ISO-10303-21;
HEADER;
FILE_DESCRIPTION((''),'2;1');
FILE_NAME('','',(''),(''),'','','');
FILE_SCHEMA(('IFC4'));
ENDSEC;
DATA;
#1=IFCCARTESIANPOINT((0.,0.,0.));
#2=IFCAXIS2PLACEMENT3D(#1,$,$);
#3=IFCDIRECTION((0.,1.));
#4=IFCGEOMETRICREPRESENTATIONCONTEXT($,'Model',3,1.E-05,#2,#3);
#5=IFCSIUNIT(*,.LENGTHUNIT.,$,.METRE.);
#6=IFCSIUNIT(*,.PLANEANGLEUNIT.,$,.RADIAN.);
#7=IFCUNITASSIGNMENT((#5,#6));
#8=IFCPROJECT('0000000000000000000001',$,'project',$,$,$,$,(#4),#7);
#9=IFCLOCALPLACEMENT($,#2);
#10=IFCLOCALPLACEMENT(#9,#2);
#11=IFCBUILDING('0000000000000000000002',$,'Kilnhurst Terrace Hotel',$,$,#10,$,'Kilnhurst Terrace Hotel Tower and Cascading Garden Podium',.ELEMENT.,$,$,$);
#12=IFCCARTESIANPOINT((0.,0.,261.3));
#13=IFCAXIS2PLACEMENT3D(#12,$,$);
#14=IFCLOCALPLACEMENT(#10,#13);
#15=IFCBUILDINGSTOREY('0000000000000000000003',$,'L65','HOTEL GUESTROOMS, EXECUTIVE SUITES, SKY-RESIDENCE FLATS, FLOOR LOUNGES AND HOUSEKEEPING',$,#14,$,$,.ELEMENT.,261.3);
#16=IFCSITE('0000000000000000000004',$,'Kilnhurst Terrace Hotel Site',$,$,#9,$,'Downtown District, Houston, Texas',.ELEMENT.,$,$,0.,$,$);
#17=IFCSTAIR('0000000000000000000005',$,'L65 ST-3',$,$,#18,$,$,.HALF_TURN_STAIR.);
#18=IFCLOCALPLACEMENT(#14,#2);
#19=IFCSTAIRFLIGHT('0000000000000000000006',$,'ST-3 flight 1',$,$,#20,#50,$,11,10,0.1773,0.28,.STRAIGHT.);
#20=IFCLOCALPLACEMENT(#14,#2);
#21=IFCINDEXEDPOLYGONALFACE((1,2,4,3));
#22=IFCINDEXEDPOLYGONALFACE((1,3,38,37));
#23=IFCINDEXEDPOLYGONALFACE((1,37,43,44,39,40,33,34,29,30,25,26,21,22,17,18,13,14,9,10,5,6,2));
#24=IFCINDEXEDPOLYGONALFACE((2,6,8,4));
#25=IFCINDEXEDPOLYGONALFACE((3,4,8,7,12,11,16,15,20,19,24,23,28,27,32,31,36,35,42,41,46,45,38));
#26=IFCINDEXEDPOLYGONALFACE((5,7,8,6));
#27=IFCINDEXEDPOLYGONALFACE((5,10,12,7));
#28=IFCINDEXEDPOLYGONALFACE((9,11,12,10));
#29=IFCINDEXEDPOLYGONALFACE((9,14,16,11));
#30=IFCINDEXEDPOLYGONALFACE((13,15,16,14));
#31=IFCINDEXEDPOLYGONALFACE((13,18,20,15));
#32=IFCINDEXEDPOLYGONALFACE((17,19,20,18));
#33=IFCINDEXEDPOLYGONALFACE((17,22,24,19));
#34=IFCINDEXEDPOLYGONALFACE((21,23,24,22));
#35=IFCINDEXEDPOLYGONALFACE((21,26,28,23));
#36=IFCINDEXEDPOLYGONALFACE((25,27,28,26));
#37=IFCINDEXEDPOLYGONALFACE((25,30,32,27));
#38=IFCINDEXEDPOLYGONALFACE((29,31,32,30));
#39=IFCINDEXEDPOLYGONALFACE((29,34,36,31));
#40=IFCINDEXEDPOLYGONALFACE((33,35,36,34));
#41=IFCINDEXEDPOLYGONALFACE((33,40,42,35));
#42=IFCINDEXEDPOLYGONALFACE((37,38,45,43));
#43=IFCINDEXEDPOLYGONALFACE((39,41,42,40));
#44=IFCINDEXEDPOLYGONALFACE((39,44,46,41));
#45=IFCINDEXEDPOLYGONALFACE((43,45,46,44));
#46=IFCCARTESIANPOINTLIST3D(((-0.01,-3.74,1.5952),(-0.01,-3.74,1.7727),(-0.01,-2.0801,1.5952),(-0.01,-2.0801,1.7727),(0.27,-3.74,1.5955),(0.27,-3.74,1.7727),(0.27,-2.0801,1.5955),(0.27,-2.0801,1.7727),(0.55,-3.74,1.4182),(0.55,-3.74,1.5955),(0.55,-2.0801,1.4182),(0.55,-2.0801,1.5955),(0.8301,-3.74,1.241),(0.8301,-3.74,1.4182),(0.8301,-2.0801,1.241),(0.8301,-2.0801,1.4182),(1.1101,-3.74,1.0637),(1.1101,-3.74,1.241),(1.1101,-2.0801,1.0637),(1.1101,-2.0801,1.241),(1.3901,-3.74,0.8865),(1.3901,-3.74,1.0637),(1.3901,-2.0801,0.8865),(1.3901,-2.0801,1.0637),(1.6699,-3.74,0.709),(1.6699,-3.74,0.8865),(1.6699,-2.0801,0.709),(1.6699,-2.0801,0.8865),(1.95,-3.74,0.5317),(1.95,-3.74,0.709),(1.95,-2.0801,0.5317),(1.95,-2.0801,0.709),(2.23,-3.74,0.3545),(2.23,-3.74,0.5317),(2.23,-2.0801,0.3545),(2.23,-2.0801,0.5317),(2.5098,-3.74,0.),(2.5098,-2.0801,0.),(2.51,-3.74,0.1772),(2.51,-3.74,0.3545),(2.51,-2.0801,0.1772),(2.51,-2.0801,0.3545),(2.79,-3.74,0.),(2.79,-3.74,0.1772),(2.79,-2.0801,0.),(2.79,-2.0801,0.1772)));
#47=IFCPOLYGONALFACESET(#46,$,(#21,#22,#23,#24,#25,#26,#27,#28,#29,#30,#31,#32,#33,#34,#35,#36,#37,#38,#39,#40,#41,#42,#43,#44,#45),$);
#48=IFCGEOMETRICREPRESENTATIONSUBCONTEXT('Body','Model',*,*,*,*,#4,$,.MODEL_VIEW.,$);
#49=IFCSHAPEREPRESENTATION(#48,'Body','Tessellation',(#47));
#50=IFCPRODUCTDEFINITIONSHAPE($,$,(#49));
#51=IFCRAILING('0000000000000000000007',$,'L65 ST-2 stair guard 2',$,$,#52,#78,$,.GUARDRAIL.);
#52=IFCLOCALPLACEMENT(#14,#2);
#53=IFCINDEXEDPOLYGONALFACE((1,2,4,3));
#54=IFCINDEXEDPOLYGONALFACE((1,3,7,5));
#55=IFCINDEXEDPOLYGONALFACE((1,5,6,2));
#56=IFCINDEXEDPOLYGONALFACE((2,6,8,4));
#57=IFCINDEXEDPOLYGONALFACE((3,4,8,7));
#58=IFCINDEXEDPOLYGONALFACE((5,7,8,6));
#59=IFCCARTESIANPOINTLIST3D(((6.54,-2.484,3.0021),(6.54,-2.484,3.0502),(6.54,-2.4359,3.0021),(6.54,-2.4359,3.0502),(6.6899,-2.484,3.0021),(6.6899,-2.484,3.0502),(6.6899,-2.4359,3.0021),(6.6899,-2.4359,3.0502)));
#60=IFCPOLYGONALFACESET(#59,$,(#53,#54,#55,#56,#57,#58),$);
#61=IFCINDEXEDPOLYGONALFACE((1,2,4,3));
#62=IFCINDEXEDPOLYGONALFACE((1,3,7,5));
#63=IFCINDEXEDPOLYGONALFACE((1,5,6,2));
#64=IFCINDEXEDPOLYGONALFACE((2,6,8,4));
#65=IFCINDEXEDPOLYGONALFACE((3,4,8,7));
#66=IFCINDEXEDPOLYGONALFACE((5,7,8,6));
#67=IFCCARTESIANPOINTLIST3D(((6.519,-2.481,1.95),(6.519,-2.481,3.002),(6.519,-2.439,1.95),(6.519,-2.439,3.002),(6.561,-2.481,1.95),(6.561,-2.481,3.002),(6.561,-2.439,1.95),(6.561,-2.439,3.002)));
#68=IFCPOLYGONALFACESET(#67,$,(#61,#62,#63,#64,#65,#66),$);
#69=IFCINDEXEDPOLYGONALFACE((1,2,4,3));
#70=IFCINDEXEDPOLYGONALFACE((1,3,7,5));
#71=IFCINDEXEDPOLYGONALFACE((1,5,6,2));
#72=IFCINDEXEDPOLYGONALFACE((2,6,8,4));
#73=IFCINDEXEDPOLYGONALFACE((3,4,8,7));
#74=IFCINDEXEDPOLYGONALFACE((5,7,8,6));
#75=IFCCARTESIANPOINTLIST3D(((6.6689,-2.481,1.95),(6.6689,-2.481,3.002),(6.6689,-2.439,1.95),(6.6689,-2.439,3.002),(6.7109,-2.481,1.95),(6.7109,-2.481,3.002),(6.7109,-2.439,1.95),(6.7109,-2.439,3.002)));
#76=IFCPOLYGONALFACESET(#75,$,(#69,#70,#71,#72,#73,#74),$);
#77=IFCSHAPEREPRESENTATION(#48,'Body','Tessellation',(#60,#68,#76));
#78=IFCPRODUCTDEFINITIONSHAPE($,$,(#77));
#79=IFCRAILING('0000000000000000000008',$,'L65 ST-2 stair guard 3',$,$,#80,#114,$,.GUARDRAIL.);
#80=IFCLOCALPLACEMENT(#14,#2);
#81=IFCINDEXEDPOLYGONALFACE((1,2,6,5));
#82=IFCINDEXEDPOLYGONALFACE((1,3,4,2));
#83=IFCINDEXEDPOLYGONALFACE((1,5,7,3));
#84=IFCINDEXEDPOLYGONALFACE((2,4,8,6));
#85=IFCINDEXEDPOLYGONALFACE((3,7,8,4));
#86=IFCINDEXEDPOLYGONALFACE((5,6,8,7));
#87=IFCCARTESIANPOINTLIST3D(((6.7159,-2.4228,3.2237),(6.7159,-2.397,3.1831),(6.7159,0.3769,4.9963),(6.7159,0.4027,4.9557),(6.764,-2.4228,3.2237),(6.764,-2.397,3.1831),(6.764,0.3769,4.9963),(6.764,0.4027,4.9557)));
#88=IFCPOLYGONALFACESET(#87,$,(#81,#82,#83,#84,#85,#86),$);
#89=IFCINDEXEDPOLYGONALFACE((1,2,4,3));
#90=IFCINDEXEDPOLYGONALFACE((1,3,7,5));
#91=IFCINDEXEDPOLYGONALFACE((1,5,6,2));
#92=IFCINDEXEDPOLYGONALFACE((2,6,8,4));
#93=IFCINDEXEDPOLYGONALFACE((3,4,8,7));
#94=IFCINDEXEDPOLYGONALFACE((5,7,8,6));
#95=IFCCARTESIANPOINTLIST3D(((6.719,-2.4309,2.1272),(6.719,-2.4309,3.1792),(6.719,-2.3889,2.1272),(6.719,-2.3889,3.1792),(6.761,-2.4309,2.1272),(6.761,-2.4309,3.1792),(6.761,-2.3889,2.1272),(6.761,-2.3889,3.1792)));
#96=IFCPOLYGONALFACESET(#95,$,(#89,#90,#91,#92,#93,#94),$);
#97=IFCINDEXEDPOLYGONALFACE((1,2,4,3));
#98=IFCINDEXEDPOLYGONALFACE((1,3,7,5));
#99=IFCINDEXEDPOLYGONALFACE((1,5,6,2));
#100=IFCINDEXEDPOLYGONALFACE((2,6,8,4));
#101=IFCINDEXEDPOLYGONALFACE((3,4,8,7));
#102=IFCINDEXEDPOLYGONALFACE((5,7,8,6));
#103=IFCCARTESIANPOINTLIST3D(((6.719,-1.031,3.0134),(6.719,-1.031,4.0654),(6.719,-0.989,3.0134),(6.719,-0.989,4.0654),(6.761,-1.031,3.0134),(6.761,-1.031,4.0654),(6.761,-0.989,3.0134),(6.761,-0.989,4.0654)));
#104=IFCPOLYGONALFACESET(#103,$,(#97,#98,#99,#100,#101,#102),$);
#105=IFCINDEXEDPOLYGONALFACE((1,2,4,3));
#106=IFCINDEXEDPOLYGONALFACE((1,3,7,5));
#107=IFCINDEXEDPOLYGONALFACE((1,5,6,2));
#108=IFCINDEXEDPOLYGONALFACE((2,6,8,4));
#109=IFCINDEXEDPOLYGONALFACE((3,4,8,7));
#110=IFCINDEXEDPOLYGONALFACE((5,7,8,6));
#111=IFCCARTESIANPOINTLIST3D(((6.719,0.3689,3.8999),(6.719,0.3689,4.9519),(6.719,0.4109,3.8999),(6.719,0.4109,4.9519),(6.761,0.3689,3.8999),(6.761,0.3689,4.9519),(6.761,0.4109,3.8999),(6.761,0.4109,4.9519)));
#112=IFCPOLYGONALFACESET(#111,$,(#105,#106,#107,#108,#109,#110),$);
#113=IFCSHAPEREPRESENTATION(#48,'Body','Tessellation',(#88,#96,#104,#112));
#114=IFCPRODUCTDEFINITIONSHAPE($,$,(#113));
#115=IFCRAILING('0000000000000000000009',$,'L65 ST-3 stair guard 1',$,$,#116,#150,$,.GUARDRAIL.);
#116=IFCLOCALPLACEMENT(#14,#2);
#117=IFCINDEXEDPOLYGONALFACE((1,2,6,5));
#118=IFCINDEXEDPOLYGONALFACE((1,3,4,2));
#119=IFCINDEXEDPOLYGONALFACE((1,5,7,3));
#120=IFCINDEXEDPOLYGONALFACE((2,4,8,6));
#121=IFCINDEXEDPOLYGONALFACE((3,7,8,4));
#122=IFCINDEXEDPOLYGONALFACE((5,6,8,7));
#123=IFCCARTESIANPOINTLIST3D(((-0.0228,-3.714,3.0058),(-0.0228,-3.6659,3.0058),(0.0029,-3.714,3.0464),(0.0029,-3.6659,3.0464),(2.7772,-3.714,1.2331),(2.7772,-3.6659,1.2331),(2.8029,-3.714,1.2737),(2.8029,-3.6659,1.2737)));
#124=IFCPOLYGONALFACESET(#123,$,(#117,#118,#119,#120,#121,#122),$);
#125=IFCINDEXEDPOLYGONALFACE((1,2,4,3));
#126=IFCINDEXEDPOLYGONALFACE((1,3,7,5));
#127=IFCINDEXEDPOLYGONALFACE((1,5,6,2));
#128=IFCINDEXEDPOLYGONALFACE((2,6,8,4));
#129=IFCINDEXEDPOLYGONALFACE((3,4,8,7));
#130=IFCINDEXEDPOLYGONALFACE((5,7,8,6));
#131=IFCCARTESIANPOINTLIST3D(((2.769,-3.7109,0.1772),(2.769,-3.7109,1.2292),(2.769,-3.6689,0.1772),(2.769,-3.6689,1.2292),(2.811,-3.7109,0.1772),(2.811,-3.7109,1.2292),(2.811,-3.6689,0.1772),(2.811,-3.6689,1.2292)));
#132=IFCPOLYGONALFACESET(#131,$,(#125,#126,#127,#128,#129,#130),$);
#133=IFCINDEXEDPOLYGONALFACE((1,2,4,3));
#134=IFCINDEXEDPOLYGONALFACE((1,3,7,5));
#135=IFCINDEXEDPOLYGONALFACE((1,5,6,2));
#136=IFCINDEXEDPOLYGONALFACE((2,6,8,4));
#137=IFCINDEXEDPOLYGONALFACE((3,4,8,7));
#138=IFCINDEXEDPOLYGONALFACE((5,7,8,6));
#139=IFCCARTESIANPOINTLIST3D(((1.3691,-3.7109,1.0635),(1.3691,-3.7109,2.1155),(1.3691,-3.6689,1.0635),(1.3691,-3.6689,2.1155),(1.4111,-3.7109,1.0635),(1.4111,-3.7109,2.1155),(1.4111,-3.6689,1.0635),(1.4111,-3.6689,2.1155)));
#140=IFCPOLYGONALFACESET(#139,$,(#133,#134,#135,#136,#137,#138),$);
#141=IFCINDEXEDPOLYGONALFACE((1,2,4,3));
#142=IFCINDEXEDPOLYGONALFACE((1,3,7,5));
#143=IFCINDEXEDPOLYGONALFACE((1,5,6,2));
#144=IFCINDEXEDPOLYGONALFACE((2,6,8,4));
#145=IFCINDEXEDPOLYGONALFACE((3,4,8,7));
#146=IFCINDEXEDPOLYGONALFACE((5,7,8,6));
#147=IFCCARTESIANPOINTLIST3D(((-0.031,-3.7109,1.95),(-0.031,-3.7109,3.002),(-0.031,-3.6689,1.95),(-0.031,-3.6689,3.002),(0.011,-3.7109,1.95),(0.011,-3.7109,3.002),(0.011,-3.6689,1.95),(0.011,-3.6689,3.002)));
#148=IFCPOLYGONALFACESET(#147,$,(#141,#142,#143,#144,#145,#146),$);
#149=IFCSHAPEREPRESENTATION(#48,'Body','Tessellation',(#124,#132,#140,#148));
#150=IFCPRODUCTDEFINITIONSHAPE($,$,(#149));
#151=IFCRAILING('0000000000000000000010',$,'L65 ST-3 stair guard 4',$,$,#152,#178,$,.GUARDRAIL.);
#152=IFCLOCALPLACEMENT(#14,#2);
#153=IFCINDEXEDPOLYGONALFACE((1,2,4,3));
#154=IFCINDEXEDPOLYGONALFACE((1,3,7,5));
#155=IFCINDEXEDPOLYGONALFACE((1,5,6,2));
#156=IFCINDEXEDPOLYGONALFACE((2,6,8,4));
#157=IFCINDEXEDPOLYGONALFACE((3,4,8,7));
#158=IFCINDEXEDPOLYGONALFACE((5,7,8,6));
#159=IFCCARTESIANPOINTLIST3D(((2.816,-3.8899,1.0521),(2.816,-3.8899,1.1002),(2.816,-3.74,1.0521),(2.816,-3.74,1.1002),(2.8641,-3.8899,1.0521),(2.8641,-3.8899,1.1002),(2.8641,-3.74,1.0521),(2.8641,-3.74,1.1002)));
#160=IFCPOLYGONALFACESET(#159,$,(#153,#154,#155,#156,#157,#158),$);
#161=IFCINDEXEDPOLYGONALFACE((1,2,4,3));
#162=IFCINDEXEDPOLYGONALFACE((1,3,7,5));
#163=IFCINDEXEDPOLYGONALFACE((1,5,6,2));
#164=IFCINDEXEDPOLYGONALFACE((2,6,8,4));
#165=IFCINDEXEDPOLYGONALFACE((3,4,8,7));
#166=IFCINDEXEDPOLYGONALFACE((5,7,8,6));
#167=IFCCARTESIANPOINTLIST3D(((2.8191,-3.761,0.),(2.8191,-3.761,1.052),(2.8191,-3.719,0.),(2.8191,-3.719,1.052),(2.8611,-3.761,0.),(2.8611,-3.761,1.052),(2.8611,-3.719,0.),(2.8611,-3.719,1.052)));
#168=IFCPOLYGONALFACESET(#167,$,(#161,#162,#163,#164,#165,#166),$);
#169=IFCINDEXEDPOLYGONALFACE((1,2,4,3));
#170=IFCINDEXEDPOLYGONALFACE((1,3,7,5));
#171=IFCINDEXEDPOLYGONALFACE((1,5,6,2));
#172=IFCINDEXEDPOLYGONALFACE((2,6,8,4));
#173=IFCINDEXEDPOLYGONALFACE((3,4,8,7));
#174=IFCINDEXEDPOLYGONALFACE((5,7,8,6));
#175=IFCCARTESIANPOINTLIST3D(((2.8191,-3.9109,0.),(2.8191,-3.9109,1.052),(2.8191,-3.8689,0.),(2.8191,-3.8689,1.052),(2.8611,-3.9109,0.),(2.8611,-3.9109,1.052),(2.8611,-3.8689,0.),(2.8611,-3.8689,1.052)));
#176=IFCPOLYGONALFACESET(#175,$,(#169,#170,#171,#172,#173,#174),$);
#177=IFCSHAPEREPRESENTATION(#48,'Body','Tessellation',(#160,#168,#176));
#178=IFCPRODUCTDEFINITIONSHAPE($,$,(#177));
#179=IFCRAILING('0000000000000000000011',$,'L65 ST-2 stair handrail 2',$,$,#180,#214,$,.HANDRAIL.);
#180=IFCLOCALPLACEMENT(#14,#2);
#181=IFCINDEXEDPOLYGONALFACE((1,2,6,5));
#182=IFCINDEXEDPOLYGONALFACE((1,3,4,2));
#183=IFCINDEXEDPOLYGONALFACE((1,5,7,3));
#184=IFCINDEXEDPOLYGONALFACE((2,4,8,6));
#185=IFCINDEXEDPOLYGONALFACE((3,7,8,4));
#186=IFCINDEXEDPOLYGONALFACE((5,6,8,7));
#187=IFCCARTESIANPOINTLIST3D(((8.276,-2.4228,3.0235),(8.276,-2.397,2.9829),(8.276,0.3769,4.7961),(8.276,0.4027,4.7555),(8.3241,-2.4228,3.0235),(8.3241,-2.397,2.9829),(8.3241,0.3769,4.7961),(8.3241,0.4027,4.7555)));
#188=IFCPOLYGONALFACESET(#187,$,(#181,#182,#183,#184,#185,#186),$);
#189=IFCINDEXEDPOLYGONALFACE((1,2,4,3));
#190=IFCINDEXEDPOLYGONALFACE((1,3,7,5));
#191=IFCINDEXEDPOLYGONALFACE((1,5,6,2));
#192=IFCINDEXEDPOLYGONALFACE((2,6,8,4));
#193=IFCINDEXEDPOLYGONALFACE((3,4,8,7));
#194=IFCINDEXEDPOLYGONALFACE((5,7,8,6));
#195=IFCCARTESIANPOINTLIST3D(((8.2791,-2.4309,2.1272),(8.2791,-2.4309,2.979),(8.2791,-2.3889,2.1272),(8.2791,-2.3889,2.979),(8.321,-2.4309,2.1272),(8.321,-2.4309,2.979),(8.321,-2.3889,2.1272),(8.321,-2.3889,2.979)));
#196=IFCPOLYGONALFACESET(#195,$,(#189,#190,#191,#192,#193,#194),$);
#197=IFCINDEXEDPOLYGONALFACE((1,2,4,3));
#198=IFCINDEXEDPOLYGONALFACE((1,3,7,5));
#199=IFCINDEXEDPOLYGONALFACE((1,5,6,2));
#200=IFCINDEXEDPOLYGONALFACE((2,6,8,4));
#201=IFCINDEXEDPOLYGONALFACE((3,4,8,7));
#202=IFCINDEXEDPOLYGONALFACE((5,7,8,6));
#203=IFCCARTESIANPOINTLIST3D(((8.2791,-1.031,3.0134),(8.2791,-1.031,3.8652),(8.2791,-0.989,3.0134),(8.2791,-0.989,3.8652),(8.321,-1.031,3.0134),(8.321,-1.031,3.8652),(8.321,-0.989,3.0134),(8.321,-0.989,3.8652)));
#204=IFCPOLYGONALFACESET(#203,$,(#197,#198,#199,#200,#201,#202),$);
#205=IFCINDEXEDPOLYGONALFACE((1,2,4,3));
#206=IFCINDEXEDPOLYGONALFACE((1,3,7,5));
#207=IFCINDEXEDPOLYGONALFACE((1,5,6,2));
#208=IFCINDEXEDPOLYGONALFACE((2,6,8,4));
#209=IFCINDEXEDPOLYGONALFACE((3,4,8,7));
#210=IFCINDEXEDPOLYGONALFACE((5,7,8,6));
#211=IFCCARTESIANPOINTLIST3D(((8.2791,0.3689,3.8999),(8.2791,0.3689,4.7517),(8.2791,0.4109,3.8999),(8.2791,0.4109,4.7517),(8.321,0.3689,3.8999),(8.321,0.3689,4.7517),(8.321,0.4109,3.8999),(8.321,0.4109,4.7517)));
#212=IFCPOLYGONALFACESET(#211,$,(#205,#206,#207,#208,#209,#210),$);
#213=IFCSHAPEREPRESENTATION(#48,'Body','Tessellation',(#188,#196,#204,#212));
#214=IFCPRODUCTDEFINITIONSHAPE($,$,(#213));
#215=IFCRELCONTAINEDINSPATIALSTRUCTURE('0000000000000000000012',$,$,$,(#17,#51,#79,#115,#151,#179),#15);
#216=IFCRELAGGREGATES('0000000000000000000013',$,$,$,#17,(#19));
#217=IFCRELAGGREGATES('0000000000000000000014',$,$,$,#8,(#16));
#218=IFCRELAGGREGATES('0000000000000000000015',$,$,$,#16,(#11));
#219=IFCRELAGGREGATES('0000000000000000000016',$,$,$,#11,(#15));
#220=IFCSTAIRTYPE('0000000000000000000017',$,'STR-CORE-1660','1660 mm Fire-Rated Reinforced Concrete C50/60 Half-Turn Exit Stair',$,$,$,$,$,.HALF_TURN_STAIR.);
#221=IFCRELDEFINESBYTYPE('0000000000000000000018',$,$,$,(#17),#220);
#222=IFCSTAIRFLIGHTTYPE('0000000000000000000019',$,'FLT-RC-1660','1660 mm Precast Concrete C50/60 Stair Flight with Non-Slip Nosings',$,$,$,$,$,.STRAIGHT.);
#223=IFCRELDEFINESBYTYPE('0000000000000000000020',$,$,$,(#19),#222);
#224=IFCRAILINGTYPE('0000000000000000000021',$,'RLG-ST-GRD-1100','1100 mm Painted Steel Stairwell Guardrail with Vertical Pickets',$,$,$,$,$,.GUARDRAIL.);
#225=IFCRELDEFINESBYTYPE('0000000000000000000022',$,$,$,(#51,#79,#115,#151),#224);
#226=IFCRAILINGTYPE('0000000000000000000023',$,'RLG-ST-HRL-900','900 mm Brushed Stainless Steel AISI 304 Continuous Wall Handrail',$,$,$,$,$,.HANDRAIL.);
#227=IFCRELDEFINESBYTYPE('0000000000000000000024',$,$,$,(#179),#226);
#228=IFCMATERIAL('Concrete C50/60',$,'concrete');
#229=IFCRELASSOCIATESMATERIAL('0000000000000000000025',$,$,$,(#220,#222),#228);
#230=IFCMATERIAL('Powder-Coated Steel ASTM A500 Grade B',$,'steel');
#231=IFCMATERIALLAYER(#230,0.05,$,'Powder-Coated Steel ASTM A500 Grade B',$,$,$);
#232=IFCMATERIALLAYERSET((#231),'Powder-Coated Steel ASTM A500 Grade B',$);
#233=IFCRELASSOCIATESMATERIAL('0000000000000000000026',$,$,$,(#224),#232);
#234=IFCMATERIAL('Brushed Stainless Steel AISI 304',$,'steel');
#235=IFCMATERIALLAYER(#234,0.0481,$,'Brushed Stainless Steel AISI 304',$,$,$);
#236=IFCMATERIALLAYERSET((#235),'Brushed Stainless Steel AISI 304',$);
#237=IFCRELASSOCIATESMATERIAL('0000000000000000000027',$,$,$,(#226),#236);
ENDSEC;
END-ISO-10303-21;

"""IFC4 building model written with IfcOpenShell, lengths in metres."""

from ifc_helpers import new_model, si_unit, direction, frame, origin, origin_2d, place, context, subcontext, project, spatial, polyline, rectangle, outline, extrude, material, layer, layer_set, type_object, element, aggregate, save


model = new_model("IFC4")

# Units and contexts
model_context = context("Model", 3, precision=1e-05, world=origin(), true_north=direction((0.0, 1.0)))
body_context = subcontext(model_context, "Body", "Model", "MODEL_VIEW")
ifc_project = project(units=[si_unit("LENGTHUNIT", "METRE"), si_unit("PLANEANGLEUNIT", "RADIAN")], contexts=[model_context])

# Site, building, storey
site_placement = place(None, origin())
site = spatial("IfcSite", under=ifc_project, at=site_placement, Name="Kilnhurst Terrace Hotel Site", LongName="Downtown District, Houston, Texas", CompositionType="ELEMENT", RefElevation=0.0)
building_placement = place(site_placement, origin())
building = spatial("IfcBuilding", under=site, at=building_placement, Name="Kilnhurst Terrace Hotel", LongName="Kilnhurst Terrace Hotel Tower and Cascading Garden Podium", CompositionType="ELEMENT")
storey_placement = place(building_placement, frame((0.0, 0.0, 261.3)))
storey = spatial("IfcBuildingStorey", under=building, at=storey_placement, Name="L65", Description="HOTEL GUESTROOMS, EXECUTIVE SUITES, SKY-RESIDENCE FLATS, FLOOR LOUNGES AND HOUSEKEEPING", CompositionType="ELEMENT", Elevation=261.3)

# Shared definitions
ifc_material_1 = material(Name="Concrete C50/60", Category="concrete")

# Stair, stair flight
stair_type = type_object("IfcStairType", Name="STR-CORE-1660", Description="1660 mm Fire-Rated Reinforced Concrete C50/60 Half-Turn Exit Stair", PredefinedType="HALF_TURN_STAIR", material=ifc_material_1)
stair_flight_type = type_object("IfcStairFlightType", Name="FLT-RC-1660", Description="1660 mm Precast Concrete C50/60 Stair Flight with Non-Slip Nosings", PredefinedType="STRAIGHT", material=ifc_material_1)
stair_1_placement = place(storey_placement, origin())
stair_1 = element("IfcStair", 1, at=stair_1_placement, inside=storey, type_object=stair_type, Name="L65 ST-3", PredefinedType="HALF_TURN_STAIR")
stair_flight_1_placement = place(storey_placement, frame((2.79, -2.9099, 0.0), z_axis=(0.0, 0.0, 1.0), x_axis=(-1.0, 0.0, 0.0)))
stair_flight_1 = element("IfcStairFlight", 2, at=stair_flight_1_placement, type_object=stair_flight_type, Name="ST-3 flight 1", NumberOfRisers=11, NumberOfTreads=10, PredefinedType="STRAIGHT", RiserHeight=0.1773, TreadLength=0.28, context=body_context, shape_type="SweptSolid", body=[
    extrude(outline(polyline([(0.0, 0.0), (0.0, 0.1772), (0.28, 0.1772), (0.28, 0.3545), (0.5601, 0.3545), (0.5601, 0.5317), (0.8401, 0.5317), (0.8401, 0.709), (1.1201, 0.709), (1.1201, 0.8865), (1.3999, 0.8865), (1.3999, 1.0637), (1.6799, 1.0637), (1.6799, 1.241), (1.96, 1.241), (1.96, 1.4182), (2.24, 1.4182), (2.24, 1.5955), (2.52, 1.5955), (2.52, 1.7727), (2.8, 1.7727), (2.8, 1.95), (2.8, 1.5952), (0.2803, 0.0), (0.0, 0.0)])), frame((0.0, 0.8301, 0.0), z_axis=(0.0, -1.0, 0.0), x_axis=(1.0, 0.0, 0.0)), (0.0, 0.0, 1.0), 1.6599),
])
aggregate(stair_1, [stair_flight_1])

# Railings
ifc_material_2 = material(Name="Powder-Coated Steel ASTM A500 Grade B", Category="steel")
ifc_layer_1 = layer(ifc_material_2, 0.05, Name="Powder-Coated Steel ASTM A500 Grade B")
ifc_layer_set_1 = layer_set([ifc_layer_1], Name="Powder-Coated Steel ASTM A500 Grade B")
railing_type_1 = type_object("IfcRailingType", Name="RLG-ST-GRD-1100", Description="1100 mm Painted Steel Stairwell Guardrail with Vertical Pickets", PredefinedType="GUARDRAIL", material=ifc_layer_set_1)
railing_1_placement = place(storey_placement, frame((6.54, -2.46, 1.95)))
element("IfcRailing", 3, at=railing_1_placement, inside=storey, type_object=railing_type_1, Name="L65 ST-2 stair guard 2", PredefinedType="GUARDRAIL", context=body_context, shape_type="SweptSolid", body=[
    extrude(rectangle(XDim=0.0481, YDim=0.0481, at=origin_2d()), frame((0.0, 0.0, 1.0762), z_axis=(1.0, 0.0, 0.0), x_axis=(0.0, 1.0, 0.0)), (0.0, 0.0, 1.0), 0.1499),
    extrude(rectangle(XDim=0.042, YDim=0.042, at=origin_2d()), origin(), (0.0, 0.0, 1.0), 1.052),
    extrude(rectangle(XDim=0.042, YDim=0.042, at=origin_2d()), frame((0.1499, 0.0, 0.0)), (0.0, 0.0, 1.0), 1.052),
])
railing_2_placement = place(storey_placement, frame((6.74, -2.4099, 2.1272)))
element("IfcRailing", 4, at=railing_2_placement, inside=storey, type_object=railing_type_1, Name="L65 ST-2 stair guard 3", PredefinedType="GUARDRAIL", context=body_context, shape_type="SweptSolid", body=[
    extrude(rectangle(XDim=0.0481, YDim=0.0481, at=origin_2d()), frame((0.0, 0.0, 1.0762), z_axis=(0.0, 0.844888, 0.534943), x_axis=(-1.0, 0.0, 0.0)), (0.0, 0.0, 1.0), 3.3137),
    extrude(rectangle(XDim=0.042, YDim=0.042, at=origin_2d()), origin(), (0.0, 0.0, 1.0), 1.052),
    extrude(rectangle(XDim=0.042, YDim=0.042, at=origin_2d()), frame((0.0, 1.3999, 0.8862)), (0.0, 0.0, 1.0), 1.052),
    extrude(rectangle(XDim=0.042, YDim=0.042, at=origin_2d()), frame((0.0, 2.7998, 1.7727)), (0.0, 0.0, 1.0), 1.052),
])
railing_3_placement = place(storey_placement, frame((2.79, -3.6899, 0.1772)))
element("IfcRailing", 5, at=railing_3_placement, inside=storey, type_object=railing_type_1, Name="L65 ST-3 stair guard 1", PredefinedType="GUARDRAIL", context=body_context, shape_type="SweptSolid", body=[
    extrude(rectangle(XDim=0.0481, YDim=0.0481, at=origin_2d()), frame((0.0, 0.0, 1.0762), z_axis=(-0.844909, 0.0, 0.53491), x_axis=(0.0, -1.0, 0.0)), (0.0, 0.0, 1.0), 3.314),
    extrude(rectangle(XDim=0.042, YDim=0.042, at=origin_2d()), origin(), (0.0, 0.0, 1.0), 1.052),
    extrude(rectangle(XDim=0.042, YDim=0.042, at=origin_2d()), frame((-1.3999, 0.0, 0.8862)), (0.0, 0.0, 1.0), 1.052),
    extrude(rectangle(XDim=0.042, YDim=0.042, at=origin_2d()), frame((-2.8, 0.0, 1.7727)), (0.0, 0.0, 1.0), 1.052),
])
railing_4_placement = place(storey_placement, frame((2.8401, -3.74, 0.0)))
element("IfcRailing", 6, at=railing_4_placement, inside=storey, type_object=railing_type_1, Name="L65 ST-3 stair guard 4", PredefinedType="GUARDRAIL", context=body_context, shape_type="SweptSolid", body=[
    extrude(rectangle(XDim=0.0481, YDim=0.0481, at=origin_2d()), frame((0.0, 0.0, 1.0762), z_axis=(0.0, -1.0, 0.0), x_axis=(1.0, 0.0, 0.0)), (0.0, 0.0, 1.0), 0.1499),
    extrude(rectangle(XDim=0.042, YDim=0.042, at=origin_2d()), origin(), (0.0, 0.0, 1.0), 1.052),
    extrude(rectangle(XDim=0.042, YDim=0.042, at=origin_2d()), frame((0.0, -0.1499, 0.0)), (0.0, 0.0, 1.0), 1.052),
])
ifc_material_3 = material(Name="Brushed Stainless Steel AISI 304", Category="steel")
ifc_layer_2 = layer(ifc_material_3, 0.0481, Name="Brushed Stainless Steel AISI 304")
ifc_layer_set_2 = layer_set([ifc_layer_2], Name="Brushed Stainless Steel AISI 304")
railing_type_2 = type_object("IfcRailingType", Name="RLG-ST-HRL-900", Description="900 mm Brushed Stainless Steel AISI 304 Continuous Wall Handrail", PredefinedType="HANDRAIL", material=ifc_layer_set_2)
railing_5_placement = place(storey_placement, frame((8.3, -2.4099, 2.1272)))
element("IfcRailing", 7, at=railing_5_placement, inside=storey, type_object=railing_type_2, Name="L65 ST-2 stair handrail 2", PredefinedType="HANDRAIL", context=body_context, shape_type="SweptSolid", body=[
    extrude(rectangle(XDim=0.0481, YDim=0.0481, at=origin_2d()), frame((0.0, 0.0, 0.876), z_axis=(0.0, 0.844888, 0.534943), x_axis=(-1.0, 0.0, 0.0)), (0.0, 0.0, 1.0), 3.3137),
    extrude(rectangle(XDim=0.042, YDim=0.042, at=origin_2d()), origin(), (0.0, 0.0, 1.0), 0.8518),
    extrude(rectangle(XDim=0.042, YDim=0.042, at=origin_2d()), frame((0.0, 1.3999, 0.8862)), (0.0, 0.0, 1.0), 0.8518),
    extrude(rectangle(XDim=0.042, YDim=0.042, at=origin_2d()), frame((0.0, 2.7998, 1.7727)), (0.0, 0.0, 1.0), 0.8518),
])

save(model, "model.ifc")
